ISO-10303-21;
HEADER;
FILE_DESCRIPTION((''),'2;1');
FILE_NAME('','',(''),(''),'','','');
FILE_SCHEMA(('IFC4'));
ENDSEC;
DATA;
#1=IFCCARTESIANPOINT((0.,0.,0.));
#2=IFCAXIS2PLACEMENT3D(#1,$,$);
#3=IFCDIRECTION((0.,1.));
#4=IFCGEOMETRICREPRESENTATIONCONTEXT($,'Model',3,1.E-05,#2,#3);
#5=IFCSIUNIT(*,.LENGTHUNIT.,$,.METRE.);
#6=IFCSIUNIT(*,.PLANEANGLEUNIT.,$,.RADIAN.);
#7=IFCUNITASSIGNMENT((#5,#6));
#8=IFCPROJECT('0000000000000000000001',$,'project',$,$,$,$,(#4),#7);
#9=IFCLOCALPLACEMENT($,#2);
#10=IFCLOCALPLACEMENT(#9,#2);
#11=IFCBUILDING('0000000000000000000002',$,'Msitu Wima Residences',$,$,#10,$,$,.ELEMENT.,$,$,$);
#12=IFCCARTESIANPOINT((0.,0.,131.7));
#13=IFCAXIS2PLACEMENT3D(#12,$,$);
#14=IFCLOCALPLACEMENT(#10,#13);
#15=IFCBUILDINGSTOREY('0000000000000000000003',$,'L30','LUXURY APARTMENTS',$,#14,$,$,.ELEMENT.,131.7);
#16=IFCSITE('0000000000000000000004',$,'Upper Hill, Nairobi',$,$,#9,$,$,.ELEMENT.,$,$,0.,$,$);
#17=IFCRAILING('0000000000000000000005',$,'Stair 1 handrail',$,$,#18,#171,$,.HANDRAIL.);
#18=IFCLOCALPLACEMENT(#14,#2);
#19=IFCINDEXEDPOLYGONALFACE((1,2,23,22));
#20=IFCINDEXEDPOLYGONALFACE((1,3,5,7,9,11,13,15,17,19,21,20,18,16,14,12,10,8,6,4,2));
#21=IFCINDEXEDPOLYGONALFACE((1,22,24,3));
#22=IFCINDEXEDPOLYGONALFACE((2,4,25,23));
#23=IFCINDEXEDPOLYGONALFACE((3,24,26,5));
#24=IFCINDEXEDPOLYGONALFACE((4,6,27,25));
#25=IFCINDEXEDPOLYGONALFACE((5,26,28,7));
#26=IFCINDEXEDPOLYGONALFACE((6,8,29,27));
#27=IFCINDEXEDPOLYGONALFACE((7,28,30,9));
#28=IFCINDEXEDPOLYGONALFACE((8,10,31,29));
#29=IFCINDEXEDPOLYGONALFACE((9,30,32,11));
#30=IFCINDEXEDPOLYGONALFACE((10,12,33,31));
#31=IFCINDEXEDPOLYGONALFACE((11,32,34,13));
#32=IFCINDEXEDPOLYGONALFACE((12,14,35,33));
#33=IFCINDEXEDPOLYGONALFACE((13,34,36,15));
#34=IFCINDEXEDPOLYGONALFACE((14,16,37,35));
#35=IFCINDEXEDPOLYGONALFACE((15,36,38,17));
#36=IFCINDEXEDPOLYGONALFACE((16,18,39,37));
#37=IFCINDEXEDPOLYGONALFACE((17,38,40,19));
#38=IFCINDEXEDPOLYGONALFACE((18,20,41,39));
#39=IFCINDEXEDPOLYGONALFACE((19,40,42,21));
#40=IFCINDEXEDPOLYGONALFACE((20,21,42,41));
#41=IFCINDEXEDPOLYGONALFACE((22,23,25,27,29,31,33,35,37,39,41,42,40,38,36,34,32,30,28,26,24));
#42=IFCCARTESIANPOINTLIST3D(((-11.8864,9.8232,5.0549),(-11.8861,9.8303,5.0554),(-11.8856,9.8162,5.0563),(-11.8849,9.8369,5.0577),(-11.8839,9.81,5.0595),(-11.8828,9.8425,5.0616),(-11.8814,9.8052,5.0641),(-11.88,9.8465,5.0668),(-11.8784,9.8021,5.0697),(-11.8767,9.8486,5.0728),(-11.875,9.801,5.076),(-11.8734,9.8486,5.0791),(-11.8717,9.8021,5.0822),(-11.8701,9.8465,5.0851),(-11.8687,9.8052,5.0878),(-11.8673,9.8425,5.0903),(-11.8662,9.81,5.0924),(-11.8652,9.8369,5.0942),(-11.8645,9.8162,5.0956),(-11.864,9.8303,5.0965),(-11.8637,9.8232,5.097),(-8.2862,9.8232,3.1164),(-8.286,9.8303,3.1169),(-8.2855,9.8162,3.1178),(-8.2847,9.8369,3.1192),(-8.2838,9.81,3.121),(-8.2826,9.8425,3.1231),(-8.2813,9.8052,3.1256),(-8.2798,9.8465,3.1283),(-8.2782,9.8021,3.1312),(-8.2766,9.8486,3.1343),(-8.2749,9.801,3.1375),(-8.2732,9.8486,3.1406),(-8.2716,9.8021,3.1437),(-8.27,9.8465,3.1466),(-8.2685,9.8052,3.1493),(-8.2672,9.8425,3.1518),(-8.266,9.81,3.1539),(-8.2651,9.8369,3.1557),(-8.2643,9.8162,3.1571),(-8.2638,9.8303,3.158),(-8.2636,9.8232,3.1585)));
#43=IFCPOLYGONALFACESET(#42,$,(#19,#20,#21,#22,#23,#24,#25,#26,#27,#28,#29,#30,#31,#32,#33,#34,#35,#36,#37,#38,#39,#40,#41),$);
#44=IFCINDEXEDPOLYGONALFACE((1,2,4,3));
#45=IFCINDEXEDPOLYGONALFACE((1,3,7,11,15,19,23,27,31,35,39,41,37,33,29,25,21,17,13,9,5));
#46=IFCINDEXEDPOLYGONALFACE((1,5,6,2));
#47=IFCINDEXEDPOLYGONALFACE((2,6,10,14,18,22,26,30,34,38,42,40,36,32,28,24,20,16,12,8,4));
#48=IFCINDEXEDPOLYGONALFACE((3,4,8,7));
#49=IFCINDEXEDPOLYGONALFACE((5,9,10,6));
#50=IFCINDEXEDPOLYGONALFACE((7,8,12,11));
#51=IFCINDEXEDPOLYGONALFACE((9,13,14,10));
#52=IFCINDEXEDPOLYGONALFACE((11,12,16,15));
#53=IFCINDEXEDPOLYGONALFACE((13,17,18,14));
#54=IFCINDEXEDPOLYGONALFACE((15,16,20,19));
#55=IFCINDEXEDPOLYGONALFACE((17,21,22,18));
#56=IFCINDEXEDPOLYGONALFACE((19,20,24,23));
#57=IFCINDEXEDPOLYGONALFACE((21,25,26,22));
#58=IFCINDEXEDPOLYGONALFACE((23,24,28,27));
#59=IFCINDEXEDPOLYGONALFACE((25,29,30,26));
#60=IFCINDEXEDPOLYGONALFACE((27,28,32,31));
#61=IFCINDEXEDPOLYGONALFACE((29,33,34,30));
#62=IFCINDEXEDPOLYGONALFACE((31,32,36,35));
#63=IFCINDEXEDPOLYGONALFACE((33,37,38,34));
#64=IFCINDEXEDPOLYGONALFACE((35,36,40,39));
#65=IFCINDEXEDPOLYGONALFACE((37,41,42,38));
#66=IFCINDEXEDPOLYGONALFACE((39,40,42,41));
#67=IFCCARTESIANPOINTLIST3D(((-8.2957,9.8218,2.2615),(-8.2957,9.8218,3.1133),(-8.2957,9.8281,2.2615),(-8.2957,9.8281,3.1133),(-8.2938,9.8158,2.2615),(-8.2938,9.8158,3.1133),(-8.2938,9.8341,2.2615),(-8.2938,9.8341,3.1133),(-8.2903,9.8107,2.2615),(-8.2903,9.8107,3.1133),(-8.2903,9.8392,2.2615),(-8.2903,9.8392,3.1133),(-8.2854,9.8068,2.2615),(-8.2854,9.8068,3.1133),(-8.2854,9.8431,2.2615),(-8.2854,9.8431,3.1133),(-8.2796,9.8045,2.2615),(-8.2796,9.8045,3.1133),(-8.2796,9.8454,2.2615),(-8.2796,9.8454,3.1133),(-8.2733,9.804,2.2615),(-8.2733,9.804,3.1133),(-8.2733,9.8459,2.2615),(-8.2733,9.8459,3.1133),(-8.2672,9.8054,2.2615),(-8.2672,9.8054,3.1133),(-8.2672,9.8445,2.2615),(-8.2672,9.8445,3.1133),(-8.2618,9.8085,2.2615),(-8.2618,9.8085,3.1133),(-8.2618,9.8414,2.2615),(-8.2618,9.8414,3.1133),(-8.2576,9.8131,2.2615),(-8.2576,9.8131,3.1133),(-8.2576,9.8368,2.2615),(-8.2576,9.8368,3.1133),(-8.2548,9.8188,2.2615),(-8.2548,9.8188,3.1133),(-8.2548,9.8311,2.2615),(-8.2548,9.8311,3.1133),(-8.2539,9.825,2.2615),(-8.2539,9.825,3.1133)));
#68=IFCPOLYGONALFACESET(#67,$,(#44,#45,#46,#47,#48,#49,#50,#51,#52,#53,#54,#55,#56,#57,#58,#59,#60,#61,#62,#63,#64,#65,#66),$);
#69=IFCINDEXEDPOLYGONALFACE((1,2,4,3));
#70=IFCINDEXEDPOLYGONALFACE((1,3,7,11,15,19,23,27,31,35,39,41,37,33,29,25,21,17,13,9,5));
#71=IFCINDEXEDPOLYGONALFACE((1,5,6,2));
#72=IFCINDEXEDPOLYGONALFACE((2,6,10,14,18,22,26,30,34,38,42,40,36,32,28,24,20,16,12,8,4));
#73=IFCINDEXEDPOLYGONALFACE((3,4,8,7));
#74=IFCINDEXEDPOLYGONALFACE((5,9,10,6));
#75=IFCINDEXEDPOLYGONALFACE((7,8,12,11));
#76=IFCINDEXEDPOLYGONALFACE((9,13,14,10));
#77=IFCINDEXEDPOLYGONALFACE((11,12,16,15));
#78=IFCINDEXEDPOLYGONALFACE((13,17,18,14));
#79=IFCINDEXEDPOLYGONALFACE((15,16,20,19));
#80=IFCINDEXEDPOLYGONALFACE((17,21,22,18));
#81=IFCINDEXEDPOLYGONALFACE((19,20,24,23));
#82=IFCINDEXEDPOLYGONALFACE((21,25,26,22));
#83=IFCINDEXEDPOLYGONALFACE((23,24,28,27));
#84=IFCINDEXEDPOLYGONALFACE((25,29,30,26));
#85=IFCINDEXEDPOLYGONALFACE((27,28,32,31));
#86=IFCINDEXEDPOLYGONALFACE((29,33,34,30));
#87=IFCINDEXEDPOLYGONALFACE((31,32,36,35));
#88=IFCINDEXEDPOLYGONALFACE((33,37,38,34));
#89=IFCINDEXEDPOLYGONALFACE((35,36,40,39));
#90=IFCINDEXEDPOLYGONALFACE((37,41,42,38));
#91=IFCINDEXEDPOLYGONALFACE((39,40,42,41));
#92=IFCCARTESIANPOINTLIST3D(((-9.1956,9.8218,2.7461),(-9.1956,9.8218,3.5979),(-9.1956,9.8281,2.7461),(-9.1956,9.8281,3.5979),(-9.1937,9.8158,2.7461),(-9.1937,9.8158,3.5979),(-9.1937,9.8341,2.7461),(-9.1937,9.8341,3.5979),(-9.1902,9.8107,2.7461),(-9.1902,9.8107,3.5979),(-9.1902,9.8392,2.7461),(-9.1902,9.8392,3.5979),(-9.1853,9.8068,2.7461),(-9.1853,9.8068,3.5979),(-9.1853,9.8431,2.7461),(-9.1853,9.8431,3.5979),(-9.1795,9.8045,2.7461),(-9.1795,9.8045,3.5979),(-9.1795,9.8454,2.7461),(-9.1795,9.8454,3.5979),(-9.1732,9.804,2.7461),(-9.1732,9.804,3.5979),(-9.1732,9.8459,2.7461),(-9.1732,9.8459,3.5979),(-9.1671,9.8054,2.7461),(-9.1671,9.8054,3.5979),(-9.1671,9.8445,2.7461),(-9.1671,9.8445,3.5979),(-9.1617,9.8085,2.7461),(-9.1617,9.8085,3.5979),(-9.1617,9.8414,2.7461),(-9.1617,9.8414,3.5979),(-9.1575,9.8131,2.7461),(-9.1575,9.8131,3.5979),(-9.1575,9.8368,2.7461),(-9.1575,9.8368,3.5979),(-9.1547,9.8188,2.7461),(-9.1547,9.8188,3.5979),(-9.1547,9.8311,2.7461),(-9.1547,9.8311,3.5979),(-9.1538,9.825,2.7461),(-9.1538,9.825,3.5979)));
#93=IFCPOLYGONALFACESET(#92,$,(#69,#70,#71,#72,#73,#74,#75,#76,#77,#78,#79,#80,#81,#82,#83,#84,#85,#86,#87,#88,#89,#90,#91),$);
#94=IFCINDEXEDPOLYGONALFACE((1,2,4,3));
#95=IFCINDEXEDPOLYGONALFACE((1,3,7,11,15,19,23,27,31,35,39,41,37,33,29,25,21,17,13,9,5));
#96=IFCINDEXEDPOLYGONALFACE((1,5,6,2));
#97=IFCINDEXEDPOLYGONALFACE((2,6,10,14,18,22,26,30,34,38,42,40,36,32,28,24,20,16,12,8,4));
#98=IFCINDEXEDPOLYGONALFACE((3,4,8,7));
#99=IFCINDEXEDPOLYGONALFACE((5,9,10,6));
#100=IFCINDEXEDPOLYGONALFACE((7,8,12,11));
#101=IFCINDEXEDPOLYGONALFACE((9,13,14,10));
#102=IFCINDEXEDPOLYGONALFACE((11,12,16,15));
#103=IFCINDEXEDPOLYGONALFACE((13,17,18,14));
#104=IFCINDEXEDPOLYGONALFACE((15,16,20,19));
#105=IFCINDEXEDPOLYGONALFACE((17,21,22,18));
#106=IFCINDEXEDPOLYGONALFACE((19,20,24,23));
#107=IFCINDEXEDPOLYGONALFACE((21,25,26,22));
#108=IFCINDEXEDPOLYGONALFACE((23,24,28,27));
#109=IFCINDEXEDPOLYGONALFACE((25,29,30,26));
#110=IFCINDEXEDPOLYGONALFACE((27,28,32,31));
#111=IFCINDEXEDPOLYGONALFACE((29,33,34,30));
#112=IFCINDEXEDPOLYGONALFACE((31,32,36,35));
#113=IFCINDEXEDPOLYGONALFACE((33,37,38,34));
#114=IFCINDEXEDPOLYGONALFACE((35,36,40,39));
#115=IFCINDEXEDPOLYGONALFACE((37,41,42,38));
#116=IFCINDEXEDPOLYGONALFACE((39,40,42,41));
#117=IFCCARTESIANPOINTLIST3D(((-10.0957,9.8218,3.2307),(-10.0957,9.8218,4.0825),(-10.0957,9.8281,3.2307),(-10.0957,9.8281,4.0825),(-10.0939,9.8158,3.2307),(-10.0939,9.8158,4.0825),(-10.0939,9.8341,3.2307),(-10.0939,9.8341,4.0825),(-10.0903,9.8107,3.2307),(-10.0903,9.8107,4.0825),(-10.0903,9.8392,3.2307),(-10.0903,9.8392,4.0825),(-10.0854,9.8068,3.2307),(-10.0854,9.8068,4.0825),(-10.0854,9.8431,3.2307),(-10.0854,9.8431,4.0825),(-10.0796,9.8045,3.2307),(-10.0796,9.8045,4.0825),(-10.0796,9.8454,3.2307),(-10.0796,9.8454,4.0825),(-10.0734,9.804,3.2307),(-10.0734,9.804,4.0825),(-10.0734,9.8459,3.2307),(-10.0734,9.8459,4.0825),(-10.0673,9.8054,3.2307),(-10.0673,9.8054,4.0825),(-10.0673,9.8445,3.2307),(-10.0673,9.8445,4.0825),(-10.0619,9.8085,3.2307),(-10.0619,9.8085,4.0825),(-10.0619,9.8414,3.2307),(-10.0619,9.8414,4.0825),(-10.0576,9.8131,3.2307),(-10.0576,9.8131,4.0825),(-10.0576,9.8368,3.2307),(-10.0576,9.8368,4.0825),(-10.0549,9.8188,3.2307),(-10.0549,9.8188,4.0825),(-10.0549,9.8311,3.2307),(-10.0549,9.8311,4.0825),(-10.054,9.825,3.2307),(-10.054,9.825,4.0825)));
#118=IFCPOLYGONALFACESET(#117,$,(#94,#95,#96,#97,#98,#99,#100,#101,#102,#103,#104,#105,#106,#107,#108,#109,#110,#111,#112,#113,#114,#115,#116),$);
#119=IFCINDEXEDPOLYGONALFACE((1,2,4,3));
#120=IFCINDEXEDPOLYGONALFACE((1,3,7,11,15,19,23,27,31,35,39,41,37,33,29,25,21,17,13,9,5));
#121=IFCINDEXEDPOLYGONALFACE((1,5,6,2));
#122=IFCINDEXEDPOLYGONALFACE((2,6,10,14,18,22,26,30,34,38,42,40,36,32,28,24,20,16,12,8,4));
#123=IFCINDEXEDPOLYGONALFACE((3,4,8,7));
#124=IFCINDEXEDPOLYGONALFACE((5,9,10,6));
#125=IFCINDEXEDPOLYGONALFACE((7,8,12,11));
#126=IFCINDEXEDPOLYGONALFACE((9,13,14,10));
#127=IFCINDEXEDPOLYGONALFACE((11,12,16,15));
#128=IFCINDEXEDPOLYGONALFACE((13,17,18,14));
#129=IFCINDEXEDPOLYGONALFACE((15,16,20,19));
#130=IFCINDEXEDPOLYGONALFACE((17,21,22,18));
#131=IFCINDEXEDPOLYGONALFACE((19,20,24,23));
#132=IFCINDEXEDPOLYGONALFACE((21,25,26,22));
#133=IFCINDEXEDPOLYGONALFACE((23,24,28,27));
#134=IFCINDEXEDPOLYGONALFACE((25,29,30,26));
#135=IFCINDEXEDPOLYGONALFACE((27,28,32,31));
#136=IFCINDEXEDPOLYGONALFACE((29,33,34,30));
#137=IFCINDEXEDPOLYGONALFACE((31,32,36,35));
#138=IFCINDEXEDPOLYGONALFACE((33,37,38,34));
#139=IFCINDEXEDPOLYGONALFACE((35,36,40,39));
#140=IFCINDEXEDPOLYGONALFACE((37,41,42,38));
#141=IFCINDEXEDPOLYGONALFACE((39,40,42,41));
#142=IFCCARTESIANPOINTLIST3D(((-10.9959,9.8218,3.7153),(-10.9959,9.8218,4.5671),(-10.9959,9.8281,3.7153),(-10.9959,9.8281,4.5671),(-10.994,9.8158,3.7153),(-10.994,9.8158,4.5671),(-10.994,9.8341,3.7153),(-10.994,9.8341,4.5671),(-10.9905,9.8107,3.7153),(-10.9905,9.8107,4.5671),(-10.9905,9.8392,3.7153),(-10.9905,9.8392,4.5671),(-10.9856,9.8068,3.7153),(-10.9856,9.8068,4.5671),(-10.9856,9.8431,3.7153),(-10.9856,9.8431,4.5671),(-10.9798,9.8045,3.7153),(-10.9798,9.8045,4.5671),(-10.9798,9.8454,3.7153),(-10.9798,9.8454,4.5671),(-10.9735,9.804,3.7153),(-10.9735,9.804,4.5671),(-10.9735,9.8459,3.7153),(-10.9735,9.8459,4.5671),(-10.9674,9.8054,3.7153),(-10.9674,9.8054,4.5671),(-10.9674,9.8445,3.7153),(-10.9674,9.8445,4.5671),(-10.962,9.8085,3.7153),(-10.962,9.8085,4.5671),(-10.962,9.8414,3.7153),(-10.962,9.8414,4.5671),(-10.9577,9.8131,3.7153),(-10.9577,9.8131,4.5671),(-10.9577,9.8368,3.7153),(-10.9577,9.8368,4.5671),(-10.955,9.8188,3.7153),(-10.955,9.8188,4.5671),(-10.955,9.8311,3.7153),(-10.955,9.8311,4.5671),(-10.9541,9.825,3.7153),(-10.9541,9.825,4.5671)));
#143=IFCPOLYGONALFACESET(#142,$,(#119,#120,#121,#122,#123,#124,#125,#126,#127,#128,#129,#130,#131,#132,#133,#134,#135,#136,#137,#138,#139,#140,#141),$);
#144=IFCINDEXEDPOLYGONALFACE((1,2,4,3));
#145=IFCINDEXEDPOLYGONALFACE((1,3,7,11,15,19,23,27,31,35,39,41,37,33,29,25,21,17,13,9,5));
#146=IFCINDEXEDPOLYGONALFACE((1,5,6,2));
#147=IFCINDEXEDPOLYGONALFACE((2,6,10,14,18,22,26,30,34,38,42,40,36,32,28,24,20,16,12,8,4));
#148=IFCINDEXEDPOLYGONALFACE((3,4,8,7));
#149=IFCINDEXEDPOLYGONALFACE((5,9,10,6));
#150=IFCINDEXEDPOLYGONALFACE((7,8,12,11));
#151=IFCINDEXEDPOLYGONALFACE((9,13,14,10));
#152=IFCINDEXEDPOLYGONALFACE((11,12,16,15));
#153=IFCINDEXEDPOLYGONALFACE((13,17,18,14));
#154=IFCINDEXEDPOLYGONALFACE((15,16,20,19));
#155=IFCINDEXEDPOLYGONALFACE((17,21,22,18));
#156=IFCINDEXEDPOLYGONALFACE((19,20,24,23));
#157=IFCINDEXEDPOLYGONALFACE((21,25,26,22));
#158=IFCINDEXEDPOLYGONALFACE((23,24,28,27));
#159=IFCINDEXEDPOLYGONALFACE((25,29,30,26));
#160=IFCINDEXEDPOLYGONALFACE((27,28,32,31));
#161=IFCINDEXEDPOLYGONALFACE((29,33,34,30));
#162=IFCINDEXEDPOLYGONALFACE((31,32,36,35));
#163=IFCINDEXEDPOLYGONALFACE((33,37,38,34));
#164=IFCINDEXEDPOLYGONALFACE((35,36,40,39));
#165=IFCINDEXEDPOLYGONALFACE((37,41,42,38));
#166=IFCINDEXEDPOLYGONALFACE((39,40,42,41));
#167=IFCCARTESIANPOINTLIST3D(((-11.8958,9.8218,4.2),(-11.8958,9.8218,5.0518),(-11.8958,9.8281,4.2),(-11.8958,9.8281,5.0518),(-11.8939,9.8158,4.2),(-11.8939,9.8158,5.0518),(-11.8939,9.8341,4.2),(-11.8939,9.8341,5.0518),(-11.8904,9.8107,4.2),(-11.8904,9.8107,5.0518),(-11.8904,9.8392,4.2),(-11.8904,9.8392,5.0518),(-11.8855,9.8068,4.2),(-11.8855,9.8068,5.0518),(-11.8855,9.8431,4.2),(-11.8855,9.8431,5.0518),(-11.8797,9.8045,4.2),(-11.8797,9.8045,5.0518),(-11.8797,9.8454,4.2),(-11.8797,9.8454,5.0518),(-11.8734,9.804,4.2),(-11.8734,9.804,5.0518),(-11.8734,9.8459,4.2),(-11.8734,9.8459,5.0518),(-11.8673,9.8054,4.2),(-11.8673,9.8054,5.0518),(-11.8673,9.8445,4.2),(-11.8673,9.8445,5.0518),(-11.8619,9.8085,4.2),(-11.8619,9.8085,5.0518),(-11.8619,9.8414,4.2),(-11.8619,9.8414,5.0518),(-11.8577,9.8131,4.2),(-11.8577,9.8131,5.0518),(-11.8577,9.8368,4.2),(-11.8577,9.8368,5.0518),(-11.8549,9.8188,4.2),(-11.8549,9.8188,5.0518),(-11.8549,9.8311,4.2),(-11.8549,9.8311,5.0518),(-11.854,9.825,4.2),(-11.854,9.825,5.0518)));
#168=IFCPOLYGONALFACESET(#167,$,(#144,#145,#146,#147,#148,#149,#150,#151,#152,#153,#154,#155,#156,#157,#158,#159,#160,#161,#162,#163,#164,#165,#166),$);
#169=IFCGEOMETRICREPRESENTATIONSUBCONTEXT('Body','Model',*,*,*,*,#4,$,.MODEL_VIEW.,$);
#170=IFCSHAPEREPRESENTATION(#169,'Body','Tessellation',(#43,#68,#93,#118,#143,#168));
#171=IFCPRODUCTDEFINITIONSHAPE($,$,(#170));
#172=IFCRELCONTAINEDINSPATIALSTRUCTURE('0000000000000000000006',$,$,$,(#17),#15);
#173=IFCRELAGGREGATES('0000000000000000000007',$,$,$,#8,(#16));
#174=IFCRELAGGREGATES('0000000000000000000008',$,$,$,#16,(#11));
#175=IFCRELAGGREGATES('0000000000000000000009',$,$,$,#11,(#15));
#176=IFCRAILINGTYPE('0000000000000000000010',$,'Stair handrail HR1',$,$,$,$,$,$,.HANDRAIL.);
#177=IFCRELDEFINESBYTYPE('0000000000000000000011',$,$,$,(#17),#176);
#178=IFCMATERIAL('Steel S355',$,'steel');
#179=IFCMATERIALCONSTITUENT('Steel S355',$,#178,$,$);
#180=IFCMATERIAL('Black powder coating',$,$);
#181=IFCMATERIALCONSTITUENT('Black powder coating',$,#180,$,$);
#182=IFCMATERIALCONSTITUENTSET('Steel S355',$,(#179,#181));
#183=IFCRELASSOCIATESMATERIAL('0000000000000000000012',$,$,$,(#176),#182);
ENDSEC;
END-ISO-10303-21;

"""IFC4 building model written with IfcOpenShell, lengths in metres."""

from ifc_helpers import new_model, si_unit, direction, frame, origin, origin_2d, place, context, subcontext, project, spatial, circle, extrude, material, constituent, constituent_set, type_object, element, save


model = new_model("IFC4")

# Units and contexts
model_context = context("Model", 3, precision=1e-05, world=origin(), true_north=direction((0.0, 1.0)))
body_context = subcontext(model_context, "Body", "Model", "MODEL_VIEW")
ifc_project = project(units=[si_unit("LENGTHUNIT", "METRE"), si_unit("PLANEANGLEUNIT", "RADIAN")], contexts=[model_context])

# Site, building, storey
site_placement = place(None, origin())
site = spatial("IfcSite", under=ifc_project, at=site_placement, Name="Upper Hill, Nairobi", CompositionType="ELEMENT", RefElevation=0.0)
building_placement = place(site_placement, origin())
building = spatial("IfcBuilding", under=site, at=building_placement, Name="Msitu Wima Residences", CompositionType="ELEMENT")
storey_placement = place(building_placement, frame((0.0, 0.0, 131.7)))
storey = spatial("IfcBuildingStorey", under=building, at=storey_placement, Name="L30", Description="LUXURY APARTMENTS", CompositionType="ELEMENT", Elevation=131.7)

# Railing
ifc_material_1 = material(Name="Steel S355", Category="steel")
ifc_constituent_1 = constituent(ifc_material_1, Name="Steel S355")
ifc_material_2 = material(Name="Black powder coating")
ifc_constituent_2 = constituent(ifc_material_2, Name="Black powder coating")
ifc_constituent_set = constituent_set(constituents=[ifc_constituent_1, ifc_constituent_2], Name="Steel S355")
railing_type = type_object("IfcRailingType", Name="Stair handrail HR1", PredefinedType="HANDRAIL", material=ifc_constituent_set)
railing_1_placement = place(storey_placement, frame((-8.2749, 9.825, 2.2615)))
element("IfcRailing", 1, at=railing_1_placement, inside=storey, type_object=railing_type, Name="Stair 1 handrail", PredefinedType="HANDRAIL", context=body_context, shape_type="SweptSolid", body=[
    extrude(circle(Radius=0.0239, at=origin_2d()), frame((0.0, 0.0, 0.876), z_axis=(-0.880475, 0.0, 0.474093), x_axis=(0.0, -1.0, 0.0)), (0.0, 0.0, 1.0), 4.0889),
    extrude(circle(Radius=0.021, at=origin_2d()), origin(), (0.0, 0.0, 1.0), 0.8518),
    extrude(circle(Radius=0.021, at=origin_2d()), frame((-0.8999, 0.0, 0.4846)), (0.0, 0.0, 1.0), 0.8518),
    extrude(circle(Radius=0.021, at=origin_2d()), frame((-1.8, 0.0, 0.9692)), (0.0, 0.0, 1.0), 0.8518),
    extrude(circle(Radius=0.021, at=origin_2d()), frame((-2.7002, 0.0, 1.4539)), (0.0, 0.0, 1.0), 0.8518),
    extrude(circle(Radius=0.021, at=origin_2d()), frame((-3.6001, 0.0, 1.9385)), (0.0, 0.0, 1.0), 0.8518),
])

save(model, "model.ifc")
